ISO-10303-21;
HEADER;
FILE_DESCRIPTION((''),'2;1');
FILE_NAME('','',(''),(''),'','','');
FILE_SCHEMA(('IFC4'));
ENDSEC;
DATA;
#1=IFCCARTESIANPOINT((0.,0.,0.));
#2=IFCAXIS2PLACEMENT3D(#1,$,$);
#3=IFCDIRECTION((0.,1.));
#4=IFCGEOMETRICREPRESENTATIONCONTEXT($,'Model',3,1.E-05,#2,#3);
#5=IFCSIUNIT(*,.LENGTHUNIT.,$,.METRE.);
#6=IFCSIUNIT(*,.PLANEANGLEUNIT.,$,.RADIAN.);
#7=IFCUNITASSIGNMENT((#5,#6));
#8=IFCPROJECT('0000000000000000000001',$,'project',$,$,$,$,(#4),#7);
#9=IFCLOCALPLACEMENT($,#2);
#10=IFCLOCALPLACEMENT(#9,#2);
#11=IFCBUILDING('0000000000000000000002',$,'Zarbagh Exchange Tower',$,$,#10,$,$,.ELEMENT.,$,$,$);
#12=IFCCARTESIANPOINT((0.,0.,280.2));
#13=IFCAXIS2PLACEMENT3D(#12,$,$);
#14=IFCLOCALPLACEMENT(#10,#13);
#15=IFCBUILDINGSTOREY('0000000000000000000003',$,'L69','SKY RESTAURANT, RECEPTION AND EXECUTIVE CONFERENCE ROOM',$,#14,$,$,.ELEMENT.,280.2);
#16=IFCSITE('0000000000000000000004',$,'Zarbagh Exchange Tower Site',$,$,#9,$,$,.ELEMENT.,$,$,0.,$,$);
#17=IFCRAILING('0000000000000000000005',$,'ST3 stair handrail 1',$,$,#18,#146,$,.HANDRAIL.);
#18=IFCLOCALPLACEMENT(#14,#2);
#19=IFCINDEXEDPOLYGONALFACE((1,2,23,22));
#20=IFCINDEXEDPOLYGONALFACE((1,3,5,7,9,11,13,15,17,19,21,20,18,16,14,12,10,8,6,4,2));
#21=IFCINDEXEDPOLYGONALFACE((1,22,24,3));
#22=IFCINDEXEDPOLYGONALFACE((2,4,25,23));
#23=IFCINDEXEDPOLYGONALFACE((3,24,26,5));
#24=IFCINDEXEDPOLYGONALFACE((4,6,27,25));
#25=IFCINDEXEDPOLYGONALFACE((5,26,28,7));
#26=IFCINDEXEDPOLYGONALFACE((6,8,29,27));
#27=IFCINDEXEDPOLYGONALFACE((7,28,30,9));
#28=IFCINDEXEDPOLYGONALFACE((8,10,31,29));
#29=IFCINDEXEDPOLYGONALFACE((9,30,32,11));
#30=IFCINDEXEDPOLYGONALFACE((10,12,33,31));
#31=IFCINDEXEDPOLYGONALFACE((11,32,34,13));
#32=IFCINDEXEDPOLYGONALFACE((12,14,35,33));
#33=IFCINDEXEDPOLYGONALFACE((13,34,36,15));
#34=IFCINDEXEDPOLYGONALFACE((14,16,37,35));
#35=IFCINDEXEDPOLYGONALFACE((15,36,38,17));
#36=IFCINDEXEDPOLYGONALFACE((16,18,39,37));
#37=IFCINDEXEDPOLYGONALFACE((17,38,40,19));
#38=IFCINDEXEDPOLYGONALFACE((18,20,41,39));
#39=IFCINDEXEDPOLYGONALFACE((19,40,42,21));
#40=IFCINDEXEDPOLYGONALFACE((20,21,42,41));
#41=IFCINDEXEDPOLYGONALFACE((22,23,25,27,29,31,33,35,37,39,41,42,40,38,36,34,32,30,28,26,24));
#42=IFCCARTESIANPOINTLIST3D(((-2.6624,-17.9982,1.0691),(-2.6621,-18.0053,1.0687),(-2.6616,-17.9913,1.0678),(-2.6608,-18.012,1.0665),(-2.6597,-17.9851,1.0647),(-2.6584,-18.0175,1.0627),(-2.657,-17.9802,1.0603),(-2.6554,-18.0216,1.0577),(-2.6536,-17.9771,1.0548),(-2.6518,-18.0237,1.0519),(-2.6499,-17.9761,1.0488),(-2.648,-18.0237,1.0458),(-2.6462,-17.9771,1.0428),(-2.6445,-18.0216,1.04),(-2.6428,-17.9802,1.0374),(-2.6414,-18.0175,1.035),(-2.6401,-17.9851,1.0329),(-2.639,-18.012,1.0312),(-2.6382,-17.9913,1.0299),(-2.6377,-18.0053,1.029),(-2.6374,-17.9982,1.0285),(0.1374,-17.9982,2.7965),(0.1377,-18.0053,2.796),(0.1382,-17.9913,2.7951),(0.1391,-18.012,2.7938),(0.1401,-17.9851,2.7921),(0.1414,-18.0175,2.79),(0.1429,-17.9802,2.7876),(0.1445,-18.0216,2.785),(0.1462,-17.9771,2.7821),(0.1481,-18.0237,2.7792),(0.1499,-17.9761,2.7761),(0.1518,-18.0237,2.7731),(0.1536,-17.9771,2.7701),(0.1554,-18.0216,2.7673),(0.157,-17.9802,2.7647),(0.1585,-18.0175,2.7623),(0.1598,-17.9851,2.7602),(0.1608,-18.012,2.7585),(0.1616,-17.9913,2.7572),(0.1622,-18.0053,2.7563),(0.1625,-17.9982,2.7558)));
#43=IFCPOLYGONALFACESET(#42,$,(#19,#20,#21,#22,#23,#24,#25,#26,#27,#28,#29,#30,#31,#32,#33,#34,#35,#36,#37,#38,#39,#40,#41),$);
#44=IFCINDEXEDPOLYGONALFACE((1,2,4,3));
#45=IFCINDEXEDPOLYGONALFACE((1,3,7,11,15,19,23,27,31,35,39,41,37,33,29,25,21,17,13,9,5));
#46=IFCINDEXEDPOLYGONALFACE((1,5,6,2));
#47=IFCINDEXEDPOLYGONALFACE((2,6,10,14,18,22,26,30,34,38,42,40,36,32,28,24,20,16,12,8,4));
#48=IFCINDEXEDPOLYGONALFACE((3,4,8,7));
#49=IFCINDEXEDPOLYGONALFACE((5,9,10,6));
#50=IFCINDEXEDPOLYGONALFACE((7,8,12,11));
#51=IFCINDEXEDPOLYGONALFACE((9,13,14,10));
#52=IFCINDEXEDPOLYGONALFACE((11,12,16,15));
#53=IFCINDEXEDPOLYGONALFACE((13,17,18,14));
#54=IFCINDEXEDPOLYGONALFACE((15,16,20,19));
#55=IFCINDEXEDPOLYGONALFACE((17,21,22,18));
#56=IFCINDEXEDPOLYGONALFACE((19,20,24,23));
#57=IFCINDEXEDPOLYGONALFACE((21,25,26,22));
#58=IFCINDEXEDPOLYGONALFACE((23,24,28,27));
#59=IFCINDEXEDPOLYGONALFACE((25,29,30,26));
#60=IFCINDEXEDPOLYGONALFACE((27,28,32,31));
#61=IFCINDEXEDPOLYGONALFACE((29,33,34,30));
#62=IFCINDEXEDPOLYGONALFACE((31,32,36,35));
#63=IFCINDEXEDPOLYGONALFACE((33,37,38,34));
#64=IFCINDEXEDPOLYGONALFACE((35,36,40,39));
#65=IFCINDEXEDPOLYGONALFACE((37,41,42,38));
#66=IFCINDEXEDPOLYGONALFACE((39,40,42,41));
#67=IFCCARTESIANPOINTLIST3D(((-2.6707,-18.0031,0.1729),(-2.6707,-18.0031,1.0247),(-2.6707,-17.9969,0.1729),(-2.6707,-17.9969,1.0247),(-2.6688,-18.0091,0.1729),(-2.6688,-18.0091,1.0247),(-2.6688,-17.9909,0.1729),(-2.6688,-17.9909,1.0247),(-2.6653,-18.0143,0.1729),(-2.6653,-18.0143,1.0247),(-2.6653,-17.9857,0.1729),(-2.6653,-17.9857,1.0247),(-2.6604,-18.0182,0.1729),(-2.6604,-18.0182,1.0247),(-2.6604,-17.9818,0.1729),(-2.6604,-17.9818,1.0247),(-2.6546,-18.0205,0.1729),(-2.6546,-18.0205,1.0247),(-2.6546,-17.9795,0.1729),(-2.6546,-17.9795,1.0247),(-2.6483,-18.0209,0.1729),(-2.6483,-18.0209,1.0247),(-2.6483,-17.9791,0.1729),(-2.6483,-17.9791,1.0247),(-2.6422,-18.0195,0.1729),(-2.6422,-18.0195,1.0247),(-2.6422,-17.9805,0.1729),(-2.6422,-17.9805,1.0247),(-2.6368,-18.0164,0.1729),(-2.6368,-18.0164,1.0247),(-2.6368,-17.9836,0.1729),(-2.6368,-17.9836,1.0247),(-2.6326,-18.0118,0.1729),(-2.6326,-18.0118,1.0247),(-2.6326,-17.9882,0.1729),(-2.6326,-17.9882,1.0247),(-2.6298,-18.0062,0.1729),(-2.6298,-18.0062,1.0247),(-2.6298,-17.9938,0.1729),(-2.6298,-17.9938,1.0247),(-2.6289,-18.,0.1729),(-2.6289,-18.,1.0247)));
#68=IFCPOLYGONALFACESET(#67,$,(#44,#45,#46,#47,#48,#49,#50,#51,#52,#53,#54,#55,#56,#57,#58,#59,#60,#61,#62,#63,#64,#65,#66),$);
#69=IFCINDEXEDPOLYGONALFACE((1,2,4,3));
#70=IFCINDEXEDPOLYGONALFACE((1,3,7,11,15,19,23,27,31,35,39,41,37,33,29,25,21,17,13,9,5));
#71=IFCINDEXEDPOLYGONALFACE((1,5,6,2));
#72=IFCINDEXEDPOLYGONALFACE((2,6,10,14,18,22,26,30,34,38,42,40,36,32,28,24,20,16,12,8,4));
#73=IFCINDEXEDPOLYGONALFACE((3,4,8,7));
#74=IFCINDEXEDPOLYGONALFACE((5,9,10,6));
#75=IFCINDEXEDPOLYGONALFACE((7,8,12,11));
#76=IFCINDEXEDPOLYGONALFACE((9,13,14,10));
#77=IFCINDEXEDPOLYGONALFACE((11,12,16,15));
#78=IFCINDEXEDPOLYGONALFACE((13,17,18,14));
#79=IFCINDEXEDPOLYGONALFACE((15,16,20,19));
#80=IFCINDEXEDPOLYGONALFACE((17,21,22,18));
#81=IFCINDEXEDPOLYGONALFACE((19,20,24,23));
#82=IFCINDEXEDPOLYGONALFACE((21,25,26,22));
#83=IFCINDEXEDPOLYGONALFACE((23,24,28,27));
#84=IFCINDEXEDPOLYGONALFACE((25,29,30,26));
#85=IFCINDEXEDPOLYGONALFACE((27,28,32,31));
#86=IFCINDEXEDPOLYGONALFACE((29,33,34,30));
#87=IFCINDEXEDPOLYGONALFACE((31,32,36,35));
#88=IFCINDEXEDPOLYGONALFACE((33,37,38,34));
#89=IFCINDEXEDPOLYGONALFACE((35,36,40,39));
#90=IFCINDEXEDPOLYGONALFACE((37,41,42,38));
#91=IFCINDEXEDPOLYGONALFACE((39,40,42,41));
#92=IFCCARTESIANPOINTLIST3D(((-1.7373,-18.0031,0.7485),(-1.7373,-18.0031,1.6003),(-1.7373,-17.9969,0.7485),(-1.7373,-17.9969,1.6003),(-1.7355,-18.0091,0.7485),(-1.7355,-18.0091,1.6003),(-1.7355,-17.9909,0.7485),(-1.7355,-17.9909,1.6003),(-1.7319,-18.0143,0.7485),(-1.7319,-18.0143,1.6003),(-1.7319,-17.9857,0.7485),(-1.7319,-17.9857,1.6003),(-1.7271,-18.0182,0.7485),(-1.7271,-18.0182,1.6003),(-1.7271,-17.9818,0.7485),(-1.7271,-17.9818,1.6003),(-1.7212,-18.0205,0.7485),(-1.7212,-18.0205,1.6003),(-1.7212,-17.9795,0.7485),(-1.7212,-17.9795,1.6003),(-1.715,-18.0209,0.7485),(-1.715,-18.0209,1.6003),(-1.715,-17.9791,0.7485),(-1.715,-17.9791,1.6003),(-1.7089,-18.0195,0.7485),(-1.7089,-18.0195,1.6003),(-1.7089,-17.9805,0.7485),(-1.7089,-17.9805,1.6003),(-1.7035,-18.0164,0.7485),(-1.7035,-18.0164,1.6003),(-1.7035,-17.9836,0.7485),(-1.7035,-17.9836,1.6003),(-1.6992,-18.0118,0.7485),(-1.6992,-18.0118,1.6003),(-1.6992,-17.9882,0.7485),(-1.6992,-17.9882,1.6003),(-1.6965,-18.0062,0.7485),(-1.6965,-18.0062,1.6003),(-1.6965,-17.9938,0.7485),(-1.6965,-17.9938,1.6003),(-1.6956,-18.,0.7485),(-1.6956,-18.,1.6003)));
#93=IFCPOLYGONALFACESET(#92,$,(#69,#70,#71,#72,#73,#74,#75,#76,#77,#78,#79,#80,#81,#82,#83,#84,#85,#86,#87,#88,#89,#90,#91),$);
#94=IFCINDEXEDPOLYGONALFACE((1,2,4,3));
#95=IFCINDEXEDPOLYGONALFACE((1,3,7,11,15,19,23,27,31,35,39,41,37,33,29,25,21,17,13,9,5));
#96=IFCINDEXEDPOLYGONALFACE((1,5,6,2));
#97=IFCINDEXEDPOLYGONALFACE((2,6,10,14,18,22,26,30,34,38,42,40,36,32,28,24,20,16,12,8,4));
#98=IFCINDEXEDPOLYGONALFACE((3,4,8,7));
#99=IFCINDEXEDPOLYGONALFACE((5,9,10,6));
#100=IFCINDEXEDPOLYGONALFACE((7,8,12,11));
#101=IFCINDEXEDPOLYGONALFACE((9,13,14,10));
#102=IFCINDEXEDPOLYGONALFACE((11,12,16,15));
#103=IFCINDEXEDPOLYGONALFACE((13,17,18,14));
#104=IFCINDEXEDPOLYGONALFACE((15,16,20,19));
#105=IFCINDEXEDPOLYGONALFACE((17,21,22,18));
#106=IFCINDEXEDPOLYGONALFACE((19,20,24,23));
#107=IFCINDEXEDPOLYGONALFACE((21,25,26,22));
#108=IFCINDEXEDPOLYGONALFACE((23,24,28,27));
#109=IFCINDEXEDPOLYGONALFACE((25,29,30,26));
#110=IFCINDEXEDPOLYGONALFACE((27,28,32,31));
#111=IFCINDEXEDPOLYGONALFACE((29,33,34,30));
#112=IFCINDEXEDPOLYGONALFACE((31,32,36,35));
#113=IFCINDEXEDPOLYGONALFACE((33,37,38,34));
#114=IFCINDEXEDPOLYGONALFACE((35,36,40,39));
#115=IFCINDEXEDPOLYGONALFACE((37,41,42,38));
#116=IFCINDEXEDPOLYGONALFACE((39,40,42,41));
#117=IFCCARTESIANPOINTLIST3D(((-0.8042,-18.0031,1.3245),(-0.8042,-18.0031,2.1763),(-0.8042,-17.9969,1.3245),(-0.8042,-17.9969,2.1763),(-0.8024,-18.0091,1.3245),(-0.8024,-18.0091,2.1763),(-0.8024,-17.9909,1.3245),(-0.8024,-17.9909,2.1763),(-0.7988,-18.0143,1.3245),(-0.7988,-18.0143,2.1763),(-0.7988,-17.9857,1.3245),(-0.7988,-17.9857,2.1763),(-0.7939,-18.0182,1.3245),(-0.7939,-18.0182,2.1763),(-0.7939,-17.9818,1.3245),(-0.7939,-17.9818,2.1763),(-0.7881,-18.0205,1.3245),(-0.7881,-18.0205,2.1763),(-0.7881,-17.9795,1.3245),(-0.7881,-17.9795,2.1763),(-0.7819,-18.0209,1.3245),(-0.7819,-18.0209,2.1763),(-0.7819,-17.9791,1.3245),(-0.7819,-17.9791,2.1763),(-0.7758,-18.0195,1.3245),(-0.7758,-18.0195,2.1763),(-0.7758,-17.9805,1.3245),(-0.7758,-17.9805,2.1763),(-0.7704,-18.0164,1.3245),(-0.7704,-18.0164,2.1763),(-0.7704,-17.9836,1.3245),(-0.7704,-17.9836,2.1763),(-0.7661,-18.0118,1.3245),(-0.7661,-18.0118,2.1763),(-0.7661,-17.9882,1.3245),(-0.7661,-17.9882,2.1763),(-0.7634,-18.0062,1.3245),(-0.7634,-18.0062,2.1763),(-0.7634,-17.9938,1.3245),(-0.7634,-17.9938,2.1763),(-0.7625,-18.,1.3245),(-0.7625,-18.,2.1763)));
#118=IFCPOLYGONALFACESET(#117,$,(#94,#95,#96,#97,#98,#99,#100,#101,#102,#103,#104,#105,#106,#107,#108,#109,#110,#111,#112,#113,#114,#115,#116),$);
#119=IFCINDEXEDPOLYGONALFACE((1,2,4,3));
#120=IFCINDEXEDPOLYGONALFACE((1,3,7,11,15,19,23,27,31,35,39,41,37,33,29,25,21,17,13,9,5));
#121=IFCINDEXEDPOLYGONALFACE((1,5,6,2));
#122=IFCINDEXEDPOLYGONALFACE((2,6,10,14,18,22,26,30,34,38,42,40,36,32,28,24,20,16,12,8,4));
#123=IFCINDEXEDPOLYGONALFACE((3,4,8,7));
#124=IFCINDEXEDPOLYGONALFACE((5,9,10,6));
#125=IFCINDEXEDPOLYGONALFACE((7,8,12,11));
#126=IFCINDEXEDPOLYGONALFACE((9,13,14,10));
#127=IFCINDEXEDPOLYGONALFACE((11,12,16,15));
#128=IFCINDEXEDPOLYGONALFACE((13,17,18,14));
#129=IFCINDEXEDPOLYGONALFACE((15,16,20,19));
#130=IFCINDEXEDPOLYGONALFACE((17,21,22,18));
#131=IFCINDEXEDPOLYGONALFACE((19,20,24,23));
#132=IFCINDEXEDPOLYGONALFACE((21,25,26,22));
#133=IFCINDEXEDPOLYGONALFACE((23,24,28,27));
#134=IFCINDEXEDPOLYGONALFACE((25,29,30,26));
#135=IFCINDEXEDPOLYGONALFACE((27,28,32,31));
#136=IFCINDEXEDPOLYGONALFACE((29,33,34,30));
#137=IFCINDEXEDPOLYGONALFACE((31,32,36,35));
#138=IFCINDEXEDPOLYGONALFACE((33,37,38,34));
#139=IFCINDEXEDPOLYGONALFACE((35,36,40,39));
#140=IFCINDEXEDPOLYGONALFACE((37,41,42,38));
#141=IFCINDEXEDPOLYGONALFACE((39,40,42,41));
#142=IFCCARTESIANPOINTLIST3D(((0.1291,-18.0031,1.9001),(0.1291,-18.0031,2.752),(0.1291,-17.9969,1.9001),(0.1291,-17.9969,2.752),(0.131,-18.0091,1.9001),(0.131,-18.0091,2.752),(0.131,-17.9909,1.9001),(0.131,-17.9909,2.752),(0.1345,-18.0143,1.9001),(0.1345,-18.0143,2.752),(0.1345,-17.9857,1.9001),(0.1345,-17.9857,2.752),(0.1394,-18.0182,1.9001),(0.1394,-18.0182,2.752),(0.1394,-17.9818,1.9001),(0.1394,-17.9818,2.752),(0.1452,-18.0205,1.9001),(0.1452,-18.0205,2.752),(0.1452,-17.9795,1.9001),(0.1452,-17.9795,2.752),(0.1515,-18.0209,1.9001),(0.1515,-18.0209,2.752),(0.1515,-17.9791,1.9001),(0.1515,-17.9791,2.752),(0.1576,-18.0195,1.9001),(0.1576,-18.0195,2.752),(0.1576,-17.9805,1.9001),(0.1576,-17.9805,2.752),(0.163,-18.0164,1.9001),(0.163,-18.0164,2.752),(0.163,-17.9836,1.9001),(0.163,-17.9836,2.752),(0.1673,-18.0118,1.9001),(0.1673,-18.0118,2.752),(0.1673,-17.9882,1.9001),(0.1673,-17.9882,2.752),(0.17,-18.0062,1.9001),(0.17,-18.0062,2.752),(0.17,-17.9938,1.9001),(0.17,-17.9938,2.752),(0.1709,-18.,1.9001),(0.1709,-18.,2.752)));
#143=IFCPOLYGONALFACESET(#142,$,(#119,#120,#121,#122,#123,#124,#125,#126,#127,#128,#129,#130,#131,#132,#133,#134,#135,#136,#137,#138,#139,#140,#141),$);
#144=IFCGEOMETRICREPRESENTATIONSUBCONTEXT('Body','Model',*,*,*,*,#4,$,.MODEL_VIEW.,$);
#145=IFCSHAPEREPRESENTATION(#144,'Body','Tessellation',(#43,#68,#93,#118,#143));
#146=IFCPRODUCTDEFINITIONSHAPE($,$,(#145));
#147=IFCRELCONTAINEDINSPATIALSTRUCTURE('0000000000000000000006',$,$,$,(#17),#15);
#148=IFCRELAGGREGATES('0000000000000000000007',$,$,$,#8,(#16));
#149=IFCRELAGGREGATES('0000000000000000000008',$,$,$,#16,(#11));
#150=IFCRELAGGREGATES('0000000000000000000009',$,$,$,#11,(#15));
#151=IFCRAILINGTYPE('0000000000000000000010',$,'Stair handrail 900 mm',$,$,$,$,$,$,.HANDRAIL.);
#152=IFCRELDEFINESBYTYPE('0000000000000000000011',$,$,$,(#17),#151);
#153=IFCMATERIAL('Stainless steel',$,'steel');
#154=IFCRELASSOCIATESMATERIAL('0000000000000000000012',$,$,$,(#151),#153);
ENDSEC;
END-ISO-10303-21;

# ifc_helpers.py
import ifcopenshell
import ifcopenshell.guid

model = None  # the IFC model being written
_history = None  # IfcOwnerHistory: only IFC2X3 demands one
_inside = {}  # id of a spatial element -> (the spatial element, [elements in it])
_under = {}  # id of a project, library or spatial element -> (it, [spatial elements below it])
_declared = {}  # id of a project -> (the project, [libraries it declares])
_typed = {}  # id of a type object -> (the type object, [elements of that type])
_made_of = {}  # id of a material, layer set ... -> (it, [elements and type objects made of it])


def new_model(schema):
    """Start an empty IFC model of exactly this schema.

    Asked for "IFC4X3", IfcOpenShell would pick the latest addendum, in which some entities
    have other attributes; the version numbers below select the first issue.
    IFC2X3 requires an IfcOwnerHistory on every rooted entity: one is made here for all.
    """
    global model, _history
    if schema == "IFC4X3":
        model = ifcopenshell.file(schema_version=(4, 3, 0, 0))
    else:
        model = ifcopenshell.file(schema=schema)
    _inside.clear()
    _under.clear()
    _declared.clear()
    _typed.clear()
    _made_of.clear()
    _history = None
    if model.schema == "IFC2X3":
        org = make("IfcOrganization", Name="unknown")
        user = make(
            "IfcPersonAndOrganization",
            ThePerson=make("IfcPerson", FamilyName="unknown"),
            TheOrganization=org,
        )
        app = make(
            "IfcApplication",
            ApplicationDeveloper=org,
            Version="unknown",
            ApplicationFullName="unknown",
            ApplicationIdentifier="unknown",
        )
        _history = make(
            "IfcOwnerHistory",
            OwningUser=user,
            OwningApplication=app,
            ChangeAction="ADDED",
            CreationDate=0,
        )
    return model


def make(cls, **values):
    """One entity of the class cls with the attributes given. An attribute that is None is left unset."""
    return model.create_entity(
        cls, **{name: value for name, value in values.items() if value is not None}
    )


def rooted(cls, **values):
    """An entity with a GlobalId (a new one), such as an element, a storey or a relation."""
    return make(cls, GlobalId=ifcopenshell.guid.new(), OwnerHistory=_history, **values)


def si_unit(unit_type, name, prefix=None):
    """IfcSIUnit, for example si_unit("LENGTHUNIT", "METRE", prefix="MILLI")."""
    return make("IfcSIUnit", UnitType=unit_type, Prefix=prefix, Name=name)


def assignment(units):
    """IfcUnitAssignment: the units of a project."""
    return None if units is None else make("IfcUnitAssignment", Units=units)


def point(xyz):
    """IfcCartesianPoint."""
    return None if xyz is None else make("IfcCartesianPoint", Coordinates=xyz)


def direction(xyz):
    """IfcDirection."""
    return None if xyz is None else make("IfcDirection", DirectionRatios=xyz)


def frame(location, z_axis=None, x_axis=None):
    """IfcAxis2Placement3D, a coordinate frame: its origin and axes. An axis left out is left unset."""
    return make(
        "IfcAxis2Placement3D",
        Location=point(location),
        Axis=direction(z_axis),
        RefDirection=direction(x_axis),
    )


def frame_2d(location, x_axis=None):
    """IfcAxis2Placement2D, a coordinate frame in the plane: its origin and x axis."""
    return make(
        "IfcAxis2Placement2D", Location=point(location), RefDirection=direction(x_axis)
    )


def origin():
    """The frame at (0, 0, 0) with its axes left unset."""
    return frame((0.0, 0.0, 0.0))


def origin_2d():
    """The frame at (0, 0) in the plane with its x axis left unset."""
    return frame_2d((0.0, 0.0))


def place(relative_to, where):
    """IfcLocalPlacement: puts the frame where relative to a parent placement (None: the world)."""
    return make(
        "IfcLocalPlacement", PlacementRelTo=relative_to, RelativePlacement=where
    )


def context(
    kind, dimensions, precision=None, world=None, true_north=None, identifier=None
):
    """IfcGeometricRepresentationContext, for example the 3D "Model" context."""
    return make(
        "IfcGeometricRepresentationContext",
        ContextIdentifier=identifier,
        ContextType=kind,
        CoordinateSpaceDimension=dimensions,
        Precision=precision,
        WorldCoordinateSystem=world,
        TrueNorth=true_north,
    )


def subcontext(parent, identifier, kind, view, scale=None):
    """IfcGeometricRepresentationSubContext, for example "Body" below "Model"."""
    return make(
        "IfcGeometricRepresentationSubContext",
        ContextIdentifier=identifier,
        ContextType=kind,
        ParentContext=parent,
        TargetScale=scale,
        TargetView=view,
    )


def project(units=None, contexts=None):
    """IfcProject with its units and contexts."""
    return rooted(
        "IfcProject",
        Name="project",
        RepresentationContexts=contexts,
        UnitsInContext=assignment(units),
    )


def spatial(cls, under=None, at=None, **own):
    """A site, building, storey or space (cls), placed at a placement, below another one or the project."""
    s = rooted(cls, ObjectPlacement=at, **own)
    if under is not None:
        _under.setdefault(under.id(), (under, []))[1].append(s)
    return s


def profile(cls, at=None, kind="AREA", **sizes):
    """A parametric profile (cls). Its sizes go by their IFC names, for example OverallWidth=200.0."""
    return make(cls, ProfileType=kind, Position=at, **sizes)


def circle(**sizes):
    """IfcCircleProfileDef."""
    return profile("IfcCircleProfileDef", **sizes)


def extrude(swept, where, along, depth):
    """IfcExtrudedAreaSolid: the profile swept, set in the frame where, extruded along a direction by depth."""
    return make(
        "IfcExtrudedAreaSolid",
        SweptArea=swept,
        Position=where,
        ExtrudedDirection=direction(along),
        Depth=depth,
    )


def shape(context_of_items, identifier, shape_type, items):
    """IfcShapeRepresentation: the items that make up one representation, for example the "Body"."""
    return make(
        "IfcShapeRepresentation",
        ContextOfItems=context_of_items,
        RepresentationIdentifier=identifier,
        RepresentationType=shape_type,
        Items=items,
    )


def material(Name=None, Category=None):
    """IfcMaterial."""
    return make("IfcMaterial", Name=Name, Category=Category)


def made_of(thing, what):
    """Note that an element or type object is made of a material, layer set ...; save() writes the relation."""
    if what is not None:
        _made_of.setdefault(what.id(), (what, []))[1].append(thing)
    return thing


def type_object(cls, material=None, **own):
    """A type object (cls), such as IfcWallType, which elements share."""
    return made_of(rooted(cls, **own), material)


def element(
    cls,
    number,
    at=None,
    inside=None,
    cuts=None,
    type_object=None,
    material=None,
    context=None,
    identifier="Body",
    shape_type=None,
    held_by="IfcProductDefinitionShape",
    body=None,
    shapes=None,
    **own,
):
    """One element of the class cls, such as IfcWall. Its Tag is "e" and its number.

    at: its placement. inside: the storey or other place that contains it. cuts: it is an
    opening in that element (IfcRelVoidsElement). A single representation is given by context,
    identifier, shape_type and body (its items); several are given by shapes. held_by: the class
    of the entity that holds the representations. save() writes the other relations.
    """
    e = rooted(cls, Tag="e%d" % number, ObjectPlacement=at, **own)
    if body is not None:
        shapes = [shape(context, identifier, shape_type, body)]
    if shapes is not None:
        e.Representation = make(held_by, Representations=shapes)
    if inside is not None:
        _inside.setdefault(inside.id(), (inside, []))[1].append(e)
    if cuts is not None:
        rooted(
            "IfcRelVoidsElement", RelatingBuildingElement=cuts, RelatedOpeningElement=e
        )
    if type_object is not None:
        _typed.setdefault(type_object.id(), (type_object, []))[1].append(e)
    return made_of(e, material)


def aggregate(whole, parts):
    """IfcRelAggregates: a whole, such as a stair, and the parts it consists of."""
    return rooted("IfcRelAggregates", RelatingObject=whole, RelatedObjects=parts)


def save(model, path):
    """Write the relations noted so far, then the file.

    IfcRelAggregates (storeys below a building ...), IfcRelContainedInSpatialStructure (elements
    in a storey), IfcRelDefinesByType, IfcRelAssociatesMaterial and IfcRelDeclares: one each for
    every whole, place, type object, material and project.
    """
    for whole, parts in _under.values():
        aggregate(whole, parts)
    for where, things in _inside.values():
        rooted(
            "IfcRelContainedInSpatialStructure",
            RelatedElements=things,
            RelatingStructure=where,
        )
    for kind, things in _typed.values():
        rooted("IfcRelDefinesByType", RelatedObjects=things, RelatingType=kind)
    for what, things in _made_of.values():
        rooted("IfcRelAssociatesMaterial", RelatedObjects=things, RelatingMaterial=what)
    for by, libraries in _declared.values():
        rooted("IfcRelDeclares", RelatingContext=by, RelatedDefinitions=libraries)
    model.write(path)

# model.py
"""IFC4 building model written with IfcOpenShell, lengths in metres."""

from ifc_helpers import new_model, si_unit, direction, frame, origin, origin_2d, place, context, subcontext, project, spatial, circle, extrude, material, type_object, element, save


model = new_model("IFC4")

# Units and contexts
model_context = context("Model", 3, precision=1e-05, world=origin(), true_north=direction((0.0, 1.0)))
body_context = subcontext(model_context, "Body", "Model", "MODEL_VIEW")
ifc_project = project(units=[si_unit("LENGTHUNIT", "METRE"), si_unit("PLANEANGLEUNIT", "RADIAN")], contexts=[model_context])

# Site, building, storey
site_placement = place(None, origin())
site = spatial("IfcSite", under=ifc_project, at=site_placement, Name="Zarbagh Exchange Tower Site", CompositionType="ELEMENT", RefElevation=0.0)
building_placement = place(site_placement, origin())
building = spatial("IfcBuilding", under=site, at=building_placement, Name="Zarbagh Exchange Tower", CompositionType="ELEMENT")
storey_placement = place(building_placement, frame((0.0, 0.0, 280.2)))
storey = spatial("IfcBuildingStorey", under=building, at=storey_placement, Name="L69", Description="SKY RESTAURANT, RECEPTION AND EXECUTIVE CONFERENCE ROOM", CompositionType="ELEMENT", Elevation=280.2)

# Shared definitions
ifc_material_1 = material(Name="Stainless steel", Category="steel")

# Railing
railing_type_1 = type_object("IfcRailingType", Name="Stair handrail 900 mm", PredefinedType="HANDRAIL", material=ifc_material_1)
railing_1_placement = place(storey_placement, frame((-2.6499, -18.0, 0.1729)))
element("IfcRailing", 1, at=railing_1_placement, inside=storey, type_object=railing_type_1, Name="ST3 stair handrail 1", PredefinedType="HANDRAIL", context=body_context, shape_type="SweptSolid", body=[
    extrude(circle(Radius=0.0239, at=origin_2d()), frame((0.0, 0.0, 0.876), z_axis=(0.851069, 0.0, 0.525054), x_axis=(0.0, 1.0, 0.0)), (0.0, 0.0, 1.0), 3.2898),
    extrude(circle(Radius=0.021, at=origin_2d()), origin(), (0.0, 0.0, 1.0), 0.8518),
    extrude(circle(Radius=0.021, at=origin_2d()), frame((0.9333, 0.0, 0.5757)), (0.0, 0.0, 1.0), 0.8518),
    extrude(circle(Radius=0.021, at=origin_2d()), frame((1.8665, 0.0, 1.1516)), (0.0, 0.0, 1.0), 0.8518),
    extrude(circle(Radius=0.021, at=origin_2d()), frame((2.7998, 0.0, 1.7273)), (0.0, 0.0, 1.0), 0.8518),
])

save(model, "model.ifc")
